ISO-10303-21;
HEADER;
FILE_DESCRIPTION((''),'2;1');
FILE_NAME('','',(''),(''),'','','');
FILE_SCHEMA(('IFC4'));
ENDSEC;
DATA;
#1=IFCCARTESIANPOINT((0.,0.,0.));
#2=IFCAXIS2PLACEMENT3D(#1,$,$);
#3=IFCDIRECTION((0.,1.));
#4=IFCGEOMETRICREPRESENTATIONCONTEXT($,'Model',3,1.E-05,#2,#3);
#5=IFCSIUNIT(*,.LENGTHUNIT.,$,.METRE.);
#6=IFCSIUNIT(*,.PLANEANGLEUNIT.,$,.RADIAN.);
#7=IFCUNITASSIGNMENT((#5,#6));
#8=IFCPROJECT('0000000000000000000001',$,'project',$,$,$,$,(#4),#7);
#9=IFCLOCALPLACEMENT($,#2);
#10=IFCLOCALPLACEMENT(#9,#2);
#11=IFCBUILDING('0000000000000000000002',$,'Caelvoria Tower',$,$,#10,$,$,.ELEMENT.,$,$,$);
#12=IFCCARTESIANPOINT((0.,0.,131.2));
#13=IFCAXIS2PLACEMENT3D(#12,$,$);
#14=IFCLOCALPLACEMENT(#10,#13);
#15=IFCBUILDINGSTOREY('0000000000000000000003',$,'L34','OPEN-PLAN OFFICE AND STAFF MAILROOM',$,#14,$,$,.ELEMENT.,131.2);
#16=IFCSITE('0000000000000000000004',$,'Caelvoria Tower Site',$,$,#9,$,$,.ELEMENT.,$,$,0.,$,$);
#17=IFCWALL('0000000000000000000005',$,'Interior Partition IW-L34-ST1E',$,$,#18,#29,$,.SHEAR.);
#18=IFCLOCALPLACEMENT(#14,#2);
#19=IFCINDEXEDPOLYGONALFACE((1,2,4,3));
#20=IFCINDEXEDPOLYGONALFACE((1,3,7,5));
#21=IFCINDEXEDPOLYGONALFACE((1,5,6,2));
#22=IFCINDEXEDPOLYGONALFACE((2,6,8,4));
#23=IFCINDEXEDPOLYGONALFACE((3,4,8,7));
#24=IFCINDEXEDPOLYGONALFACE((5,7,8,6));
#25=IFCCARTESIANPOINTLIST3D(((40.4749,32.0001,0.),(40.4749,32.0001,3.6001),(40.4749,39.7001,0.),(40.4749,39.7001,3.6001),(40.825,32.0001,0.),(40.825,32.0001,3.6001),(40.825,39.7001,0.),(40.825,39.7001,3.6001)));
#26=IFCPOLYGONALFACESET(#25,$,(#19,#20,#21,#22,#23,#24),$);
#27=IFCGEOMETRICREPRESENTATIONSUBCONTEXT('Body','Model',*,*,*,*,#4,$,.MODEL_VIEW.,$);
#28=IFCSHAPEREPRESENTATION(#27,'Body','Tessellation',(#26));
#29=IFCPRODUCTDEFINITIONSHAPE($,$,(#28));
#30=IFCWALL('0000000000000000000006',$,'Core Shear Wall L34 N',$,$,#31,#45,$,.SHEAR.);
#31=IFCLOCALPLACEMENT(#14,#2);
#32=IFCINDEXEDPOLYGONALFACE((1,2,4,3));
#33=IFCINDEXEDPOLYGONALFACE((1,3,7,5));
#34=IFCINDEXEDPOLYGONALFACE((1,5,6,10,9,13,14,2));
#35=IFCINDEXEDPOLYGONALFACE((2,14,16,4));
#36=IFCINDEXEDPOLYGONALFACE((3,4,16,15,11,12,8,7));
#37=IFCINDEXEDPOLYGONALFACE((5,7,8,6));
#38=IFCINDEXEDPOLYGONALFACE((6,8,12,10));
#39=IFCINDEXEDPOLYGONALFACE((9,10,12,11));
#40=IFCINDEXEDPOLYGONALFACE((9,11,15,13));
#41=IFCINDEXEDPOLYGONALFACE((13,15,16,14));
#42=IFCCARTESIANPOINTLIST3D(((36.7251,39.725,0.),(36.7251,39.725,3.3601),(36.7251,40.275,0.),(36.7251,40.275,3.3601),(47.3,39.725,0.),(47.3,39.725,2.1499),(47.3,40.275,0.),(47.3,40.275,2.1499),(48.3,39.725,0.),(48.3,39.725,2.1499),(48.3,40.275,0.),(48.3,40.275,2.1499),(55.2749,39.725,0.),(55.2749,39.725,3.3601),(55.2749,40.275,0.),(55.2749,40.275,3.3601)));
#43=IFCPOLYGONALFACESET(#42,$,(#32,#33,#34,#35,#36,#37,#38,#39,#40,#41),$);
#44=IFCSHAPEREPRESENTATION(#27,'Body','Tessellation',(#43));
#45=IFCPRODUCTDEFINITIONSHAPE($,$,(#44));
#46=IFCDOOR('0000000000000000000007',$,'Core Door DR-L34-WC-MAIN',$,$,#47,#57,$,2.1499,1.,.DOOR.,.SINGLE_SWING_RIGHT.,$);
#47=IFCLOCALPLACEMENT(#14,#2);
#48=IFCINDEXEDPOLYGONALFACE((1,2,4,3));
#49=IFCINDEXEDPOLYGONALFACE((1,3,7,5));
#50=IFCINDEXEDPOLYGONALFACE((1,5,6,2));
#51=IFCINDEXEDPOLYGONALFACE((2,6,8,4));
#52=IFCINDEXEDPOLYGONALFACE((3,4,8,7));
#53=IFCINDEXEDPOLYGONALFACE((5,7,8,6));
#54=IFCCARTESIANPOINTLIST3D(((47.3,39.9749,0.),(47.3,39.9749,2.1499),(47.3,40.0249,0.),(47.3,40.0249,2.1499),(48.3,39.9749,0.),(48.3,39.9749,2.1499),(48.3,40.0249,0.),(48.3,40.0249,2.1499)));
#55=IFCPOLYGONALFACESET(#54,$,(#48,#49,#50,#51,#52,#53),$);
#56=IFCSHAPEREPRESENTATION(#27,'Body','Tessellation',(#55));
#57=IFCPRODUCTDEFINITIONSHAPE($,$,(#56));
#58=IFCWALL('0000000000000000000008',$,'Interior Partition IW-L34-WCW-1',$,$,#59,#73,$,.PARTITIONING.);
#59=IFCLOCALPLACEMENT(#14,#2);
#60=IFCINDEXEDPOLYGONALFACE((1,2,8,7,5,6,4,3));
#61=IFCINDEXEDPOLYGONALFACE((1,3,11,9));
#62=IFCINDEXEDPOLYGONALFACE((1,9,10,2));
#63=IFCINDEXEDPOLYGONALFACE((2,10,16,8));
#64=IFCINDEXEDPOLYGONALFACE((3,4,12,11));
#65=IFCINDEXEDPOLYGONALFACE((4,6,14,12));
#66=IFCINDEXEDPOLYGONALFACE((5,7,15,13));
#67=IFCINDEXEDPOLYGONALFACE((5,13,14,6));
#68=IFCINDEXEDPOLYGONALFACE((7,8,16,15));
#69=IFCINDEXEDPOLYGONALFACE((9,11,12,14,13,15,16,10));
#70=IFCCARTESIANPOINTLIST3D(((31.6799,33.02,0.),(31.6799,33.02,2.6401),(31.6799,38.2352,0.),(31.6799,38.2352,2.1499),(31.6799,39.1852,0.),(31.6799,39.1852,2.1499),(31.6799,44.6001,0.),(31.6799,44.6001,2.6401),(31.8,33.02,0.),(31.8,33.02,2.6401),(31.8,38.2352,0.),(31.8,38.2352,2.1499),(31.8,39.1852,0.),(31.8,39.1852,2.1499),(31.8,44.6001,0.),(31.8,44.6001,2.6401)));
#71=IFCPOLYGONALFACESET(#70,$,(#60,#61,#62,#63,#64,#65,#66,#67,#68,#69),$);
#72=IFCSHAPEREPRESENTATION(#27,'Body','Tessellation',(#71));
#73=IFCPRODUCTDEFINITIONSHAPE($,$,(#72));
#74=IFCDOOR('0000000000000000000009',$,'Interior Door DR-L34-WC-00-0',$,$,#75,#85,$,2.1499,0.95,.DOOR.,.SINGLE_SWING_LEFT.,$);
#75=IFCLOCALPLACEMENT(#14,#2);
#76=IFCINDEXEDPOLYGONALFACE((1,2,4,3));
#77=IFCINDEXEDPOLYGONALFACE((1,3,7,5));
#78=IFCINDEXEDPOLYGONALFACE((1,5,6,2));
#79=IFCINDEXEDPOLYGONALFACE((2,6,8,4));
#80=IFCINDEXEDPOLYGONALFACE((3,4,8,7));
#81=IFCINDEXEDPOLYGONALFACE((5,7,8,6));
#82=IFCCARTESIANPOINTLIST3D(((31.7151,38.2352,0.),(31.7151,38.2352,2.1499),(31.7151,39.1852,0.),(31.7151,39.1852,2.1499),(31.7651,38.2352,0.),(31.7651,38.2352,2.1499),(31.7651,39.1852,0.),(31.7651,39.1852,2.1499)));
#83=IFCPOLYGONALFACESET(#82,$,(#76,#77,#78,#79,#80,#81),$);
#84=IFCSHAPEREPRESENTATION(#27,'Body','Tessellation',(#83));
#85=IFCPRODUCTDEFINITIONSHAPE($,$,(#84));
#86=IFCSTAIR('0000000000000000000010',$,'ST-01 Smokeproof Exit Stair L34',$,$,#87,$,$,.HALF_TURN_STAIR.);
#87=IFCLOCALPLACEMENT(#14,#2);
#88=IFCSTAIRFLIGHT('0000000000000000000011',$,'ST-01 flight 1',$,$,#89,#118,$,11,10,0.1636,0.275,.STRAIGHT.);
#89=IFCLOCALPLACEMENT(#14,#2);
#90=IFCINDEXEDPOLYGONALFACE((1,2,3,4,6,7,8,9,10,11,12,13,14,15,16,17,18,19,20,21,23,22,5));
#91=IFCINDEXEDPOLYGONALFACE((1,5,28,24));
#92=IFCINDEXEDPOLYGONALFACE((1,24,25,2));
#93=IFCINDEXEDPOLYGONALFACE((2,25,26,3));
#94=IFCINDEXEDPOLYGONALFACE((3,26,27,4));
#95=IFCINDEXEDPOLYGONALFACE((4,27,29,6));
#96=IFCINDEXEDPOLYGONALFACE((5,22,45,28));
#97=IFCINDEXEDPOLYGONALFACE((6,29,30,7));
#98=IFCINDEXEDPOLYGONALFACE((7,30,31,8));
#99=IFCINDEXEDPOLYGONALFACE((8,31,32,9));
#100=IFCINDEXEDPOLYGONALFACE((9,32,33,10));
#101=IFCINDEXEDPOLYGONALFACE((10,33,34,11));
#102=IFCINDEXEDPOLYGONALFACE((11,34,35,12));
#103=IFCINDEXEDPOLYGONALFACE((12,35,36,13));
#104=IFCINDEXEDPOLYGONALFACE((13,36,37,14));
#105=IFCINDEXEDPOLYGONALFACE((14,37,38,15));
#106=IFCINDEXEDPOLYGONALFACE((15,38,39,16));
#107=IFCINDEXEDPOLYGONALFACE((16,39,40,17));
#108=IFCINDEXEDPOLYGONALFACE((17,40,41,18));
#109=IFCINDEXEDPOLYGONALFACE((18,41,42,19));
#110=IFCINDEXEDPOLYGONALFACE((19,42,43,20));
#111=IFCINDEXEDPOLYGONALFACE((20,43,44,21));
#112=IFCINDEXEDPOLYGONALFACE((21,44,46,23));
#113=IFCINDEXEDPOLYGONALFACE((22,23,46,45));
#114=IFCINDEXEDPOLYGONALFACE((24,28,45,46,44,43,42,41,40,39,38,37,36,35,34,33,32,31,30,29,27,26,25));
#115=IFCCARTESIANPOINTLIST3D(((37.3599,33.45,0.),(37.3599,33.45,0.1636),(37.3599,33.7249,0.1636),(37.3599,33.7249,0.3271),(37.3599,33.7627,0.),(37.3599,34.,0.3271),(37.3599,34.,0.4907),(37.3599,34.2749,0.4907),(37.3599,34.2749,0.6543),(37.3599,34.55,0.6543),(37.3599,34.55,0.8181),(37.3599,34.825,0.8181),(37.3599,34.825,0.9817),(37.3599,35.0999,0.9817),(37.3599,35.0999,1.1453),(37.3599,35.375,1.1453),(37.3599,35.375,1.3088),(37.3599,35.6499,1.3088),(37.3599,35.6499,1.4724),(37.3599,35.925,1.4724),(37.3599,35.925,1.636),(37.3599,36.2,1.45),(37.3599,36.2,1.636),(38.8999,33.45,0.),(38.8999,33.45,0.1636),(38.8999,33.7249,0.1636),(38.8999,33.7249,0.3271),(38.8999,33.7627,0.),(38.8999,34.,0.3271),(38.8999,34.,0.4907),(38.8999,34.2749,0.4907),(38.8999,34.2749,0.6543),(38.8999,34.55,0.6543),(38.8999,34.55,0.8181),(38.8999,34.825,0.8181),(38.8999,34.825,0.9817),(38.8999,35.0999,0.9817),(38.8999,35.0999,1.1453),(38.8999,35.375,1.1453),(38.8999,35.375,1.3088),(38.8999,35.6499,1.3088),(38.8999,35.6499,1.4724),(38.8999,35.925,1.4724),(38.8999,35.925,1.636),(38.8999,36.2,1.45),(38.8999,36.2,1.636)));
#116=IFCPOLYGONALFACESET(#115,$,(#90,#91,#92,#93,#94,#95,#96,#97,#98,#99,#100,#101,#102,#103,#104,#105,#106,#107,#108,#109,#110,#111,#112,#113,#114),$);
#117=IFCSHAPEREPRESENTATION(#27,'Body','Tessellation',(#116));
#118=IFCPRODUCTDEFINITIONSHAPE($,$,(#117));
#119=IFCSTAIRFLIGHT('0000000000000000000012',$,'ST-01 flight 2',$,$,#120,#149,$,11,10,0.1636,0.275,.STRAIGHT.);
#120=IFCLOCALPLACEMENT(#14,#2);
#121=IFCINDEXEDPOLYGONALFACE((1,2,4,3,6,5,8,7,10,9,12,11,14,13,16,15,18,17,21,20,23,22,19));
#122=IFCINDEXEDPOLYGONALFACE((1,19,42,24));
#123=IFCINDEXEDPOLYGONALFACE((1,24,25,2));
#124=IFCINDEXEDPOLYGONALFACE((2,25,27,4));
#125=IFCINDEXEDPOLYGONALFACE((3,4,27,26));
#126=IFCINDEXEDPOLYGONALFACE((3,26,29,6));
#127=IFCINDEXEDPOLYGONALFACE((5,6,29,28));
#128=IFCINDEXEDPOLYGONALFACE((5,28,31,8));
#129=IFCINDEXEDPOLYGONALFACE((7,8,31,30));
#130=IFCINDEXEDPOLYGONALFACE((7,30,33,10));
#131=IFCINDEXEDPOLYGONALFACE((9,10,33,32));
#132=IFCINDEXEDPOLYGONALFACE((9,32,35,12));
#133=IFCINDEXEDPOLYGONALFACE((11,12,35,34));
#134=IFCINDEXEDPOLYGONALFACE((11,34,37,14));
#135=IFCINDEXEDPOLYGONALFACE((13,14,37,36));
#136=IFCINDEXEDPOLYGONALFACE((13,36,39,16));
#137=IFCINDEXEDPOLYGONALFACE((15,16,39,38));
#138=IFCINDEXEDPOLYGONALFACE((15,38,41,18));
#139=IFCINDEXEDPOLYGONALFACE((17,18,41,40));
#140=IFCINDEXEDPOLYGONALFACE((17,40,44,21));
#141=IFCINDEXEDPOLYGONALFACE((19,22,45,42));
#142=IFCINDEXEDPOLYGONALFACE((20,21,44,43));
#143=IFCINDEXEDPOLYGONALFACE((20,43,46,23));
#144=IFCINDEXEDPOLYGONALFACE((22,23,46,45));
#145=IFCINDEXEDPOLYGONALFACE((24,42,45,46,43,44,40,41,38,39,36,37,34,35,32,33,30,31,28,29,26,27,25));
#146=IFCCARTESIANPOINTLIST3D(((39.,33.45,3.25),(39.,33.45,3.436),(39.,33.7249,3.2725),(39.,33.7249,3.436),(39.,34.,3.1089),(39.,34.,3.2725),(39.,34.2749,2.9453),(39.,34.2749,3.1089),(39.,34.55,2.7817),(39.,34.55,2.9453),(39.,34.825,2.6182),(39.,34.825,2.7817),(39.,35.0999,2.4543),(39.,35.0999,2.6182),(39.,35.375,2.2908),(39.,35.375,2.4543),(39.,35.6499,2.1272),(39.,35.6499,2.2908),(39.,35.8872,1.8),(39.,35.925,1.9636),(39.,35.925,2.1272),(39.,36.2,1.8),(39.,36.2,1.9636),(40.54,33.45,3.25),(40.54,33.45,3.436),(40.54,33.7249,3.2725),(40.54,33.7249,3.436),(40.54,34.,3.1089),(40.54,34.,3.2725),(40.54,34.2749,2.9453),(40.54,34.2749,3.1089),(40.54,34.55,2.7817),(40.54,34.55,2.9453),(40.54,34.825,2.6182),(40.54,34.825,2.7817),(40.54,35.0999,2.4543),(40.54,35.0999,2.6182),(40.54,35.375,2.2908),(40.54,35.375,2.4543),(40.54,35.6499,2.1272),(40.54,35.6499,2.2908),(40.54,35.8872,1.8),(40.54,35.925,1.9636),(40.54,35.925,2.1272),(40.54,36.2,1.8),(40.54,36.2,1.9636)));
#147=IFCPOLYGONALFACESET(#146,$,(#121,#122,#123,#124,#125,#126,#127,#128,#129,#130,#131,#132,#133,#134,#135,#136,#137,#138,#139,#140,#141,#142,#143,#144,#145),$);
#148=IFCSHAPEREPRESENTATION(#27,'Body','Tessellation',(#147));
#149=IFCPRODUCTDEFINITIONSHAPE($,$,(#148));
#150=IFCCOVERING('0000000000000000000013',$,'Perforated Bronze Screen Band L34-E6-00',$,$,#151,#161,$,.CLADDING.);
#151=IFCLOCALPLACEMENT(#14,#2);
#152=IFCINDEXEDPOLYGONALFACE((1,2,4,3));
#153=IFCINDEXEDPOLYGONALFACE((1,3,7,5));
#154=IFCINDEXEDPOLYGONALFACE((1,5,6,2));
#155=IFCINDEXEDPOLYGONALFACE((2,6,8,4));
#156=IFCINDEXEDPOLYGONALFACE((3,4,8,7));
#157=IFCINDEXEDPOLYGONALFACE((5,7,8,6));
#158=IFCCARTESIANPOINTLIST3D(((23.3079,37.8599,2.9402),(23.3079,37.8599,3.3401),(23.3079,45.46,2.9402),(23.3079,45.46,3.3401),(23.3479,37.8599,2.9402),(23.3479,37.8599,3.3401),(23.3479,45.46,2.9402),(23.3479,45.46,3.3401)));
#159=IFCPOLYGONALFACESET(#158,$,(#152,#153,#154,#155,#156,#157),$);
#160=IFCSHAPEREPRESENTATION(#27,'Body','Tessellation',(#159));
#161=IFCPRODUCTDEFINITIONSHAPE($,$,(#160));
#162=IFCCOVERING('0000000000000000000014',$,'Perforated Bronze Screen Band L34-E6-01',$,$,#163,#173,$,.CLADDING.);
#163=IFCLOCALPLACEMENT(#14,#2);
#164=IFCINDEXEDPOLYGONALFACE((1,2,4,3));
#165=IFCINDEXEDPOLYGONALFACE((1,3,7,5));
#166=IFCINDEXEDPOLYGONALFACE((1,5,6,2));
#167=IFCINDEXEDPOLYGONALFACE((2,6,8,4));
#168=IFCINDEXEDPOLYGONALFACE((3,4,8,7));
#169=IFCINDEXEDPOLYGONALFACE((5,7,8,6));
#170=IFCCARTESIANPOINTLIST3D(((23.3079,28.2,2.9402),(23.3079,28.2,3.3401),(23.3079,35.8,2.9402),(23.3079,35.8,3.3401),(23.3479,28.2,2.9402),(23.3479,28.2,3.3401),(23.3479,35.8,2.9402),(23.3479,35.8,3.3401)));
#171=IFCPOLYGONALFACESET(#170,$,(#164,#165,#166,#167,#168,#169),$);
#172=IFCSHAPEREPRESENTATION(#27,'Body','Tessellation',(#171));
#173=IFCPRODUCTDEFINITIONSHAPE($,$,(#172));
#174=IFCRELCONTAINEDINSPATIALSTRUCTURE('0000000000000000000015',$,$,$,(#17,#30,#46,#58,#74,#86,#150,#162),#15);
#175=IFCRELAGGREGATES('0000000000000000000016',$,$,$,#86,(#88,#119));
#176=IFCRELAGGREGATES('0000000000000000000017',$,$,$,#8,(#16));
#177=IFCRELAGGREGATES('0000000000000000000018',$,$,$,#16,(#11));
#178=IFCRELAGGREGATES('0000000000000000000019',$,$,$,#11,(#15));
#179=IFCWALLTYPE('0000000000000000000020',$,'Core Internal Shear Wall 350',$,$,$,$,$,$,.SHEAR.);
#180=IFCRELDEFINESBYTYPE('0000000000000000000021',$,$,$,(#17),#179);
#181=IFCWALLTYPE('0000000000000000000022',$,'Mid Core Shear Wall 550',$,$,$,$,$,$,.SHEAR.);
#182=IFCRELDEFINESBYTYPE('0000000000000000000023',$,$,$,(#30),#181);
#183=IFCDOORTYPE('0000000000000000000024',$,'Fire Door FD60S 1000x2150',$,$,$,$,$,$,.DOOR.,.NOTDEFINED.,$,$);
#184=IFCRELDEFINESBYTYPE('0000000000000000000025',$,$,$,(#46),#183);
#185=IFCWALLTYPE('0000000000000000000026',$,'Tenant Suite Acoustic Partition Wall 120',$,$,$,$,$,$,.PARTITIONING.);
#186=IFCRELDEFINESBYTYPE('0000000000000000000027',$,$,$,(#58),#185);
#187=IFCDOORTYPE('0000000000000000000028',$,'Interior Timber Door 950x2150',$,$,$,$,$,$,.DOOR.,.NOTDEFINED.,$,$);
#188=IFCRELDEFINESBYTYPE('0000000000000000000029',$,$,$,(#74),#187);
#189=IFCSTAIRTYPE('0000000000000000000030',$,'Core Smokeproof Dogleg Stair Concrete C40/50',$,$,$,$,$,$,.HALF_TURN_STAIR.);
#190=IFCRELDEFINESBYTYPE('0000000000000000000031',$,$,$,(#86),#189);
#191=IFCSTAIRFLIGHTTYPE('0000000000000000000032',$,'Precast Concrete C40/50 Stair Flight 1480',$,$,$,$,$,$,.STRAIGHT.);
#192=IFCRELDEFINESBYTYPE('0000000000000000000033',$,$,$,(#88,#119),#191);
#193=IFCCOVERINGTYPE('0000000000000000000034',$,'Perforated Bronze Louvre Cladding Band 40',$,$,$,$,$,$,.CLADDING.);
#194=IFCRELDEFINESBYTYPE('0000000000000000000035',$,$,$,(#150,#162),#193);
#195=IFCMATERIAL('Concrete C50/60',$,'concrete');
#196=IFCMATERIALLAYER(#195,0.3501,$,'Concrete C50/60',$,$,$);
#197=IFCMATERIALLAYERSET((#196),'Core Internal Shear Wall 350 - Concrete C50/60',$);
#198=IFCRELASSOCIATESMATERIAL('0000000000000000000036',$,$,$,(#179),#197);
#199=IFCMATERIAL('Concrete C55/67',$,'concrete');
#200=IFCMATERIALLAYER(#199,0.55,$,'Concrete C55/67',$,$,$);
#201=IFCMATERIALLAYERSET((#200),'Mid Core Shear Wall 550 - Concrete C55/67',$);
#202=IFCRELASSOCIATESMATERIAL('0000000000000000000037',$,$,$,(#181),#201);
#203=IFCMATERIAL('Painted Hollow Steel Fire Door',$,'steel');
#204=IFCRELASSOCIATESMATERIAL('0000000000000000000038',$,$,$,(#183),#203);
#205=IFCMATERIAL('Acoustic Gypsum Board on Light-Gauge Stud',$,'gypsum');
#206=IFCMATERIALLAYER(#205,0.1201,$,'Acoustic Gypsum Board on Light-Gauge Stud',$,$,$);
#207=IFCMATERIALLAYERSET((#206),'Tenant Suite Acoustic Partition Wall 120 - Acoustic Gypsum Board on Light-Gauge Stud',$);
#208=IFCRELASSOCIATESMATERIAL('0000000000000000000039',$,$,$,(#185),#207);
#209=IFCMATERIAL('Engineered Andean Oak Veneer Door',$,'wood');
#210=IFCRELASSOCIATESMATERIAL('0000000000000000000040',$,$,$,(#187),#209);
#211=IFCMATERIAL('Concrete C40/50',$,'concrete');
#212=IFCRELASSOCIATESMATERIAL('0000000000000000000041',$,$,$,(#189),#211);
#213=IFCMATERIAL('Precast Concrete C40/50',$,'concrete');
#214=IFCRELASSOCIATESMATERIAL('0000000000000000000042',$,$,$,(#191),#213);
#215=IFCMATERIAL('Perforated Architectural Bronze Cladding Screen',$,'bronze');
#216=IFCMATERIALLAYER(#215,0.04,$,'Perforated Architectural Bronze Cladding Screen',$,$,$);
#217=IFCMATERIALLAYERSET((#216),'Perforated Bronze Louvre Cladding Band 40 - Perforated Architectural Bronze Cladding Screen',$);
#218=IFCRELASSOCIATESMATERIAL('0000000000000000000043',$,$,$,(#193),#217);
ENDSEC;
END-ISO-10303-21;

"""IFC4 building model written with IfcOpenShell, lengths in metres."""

from ifc_helpers import new_model, si_unit, direction, frame, frame_2d, origin, origin_2d, place, context, subcontext, project, spatial, polyline, rectangle, outline, extrude, material, layer, layer_set, type_object, element, fill, aggregate, save


model = new_model("IFC4")

# Units and contexts
model_context = context("Model", 3, precision=1e-05, world=origin(), true_north=direction((0.0, 1.0)))
body_context = subcontext(model_context, "Body", "Model", "MODEL_VIEW")
ifc_project = project(units=[si_unit("LENGTHUNIT", "METRE"), si_unit("PLANEANGLEUNIT", "RADIAN")], contexts=[model_context])

# Site, building, storey
site_placement = place(None, origin())
site = spatial("IfcSite", under=ifc_project, at=site_placement, Name="Caelvoria Tower Site", CompositionType="ELEMENT", RefElevation=0.0)
building_placement = place(site_placement, origin())
building = spatial("IfcBuilding", under=site, at=building_placement, Name="Caelvoria Tower", CompositionType="ELEMENT")
storey_placement = place(building_placement, frame((0.0, 0.0, 131.2)))
storey = spatial("IfcBuildingStorey", under=building, at=storey_placement, Name="L34", Description="OPEN-PLAN OFFICE AND STAFF MAILROOM", CompositionType="ELEMENT", Elevation=131.2)

# Wall
ifc_material_1 = material(Name="Concrete C50/60", Category="concrete")
ifc_layer_1 = layer(ifc_material_1, 0.3501, Name="Concrete C50/60")
ifc_layer_set_1 = layer_set([ifc_layer_1], Name="Core Internal Shear Wall 350 - Concrete C50/60")
wall_type_1 = type_object("IfcWallType", Name="Core Internal Shear Wall 350", PredefinedType="SHEAR", material=ifc_layer_set_1)
wall_1_placement = place(storey_placement, frame((40.6499, 32.0, 0.0), z_axis=(0.0, 0.0, 1.0), x_axis=(0.0, 1.0, 0.0)))
element("IfcWall", 1, at=wall_1_placement, inside=storey, type_object=wall_type_1, Name="Interior Partition IW-L34-ST1E", PredefinedType="SHEAR", context=body_context, shape_type="SweptSolid", body=[
    extrude(rectangle(XDim=7.7, YDim=0.3501, at=frame_2d((3.8501, 0.0))), origin(), (0.0, 0.0, 1.0), 3.6001),
])

# Walls, openings, doors
ifc_material_2 = material(Name="Concrete C55/67", Category="concrete")
ifc_layer_2 = layer(ifc_material_2, 0.55, Name="Concrete C55/67")
ifc_layer_set_2 = layer_set([ifc_layer_2], Name="Mid Core Shear Wall 550 - Concrete C55/67")
wall_type_2 = type_object("IfcWallType", Name="Mid Core Shear Wall 550", PredefinedType="SHEAR", material=ifc_layer_set_2)
wall_2_placement = place(storey_placement, frame((36.7251, 40.0, 0.0), z_axis=(0.0, 0.0, 1.0), x_axis=(1.0, 0.0, 0.0)))
wall_2 = element("IfcWall", 2, at=wall_2_placement, inside=storey, type_object=wall_type_2, Name="Core Shear Wall L34 N", PredefinedType="SHEAR", context=body_context, shape_type="SweptSolid", body=[
    extrude(rectangle(XDim=18.5498, YDim=0.55, at=frame_2d((9.2749, 0.0))), origin(), (0.0, 0.0, 1.0), 3.3601),
])
opening_1_placement = place(wall_2_placement, frame((10.575, 0.0, 0.0)))
opening_1 = element("IfcOpeningElement", 3, at=opening_1_placement, cuts=wall_2, PredefinedType="OPENING", context=body_context, shape_type="SweptSolid", body=[
    extrude(rectangle(XDim=1.0, YDim=2.1499, at=frame_2d((0.5, 1.075))), frame((0.0, 0.2849, 0.0), z_axis=(0.0, -1.0, 0.0), x_axis=(1.0, 0.0, 0.0)), (0.0, 0.0, 1.0), 0.5701),
])
ifc_material_3 = material(Name="Painted Hollow Steel Fire Door", Category="steel")
door_type_1 = type_object("IfcDoorType", Name="Fire Door FD60S 1000x2150", OperationType="NOTDEFINED", PredefinedType="DOOR", material=ifc_material_3)
door_1_placement = place(opening_1_placement, origin())
door_1 = element("IfcDoor", 4, at=door_1_placement, inside=storey, type_object=door_type_1, Name="Core Door DR-L34-WC-MAIN", OperationType="SINGLE_SWING_RIGHT", OverallHeight=2.1499, OverallWidth=1.0, PredefinedType="DOOR", context=body_context, shape_type="SweptSolid", body=[
    extrude(rectangle(XDim=1.0, YDim=2.1499, at=frame_2d((0.5, 1.075))), frame((0.0, 0.0249, 0.0), z_axis=(0.0, -1.0, 0.0), x_axis=(1.0, 0.0, 0.0)), (0.0, 0.0, 1.0), 0.05),
])
fill(opening_1, door_1)
ifc_material_4 = material(Name="Acoustic Gypsum Board on Light-Gauge Stud", Category="gypsum")
ifc_layer_3 = layer(ifc_material_4, 0.1201, Name="Acoustic Gypsum Board on Light-Gauge Stud")
ifc_layer_set_3 = layer_set([ifc_layer_3], Name="Tenant Suite Acoustic Partition Wall 120 - Acoustic Gypsum Board on Light-Gauge Stud")
wall_type_3 = type_object("IfcWallType", Name="Tenant Suite Acoustic Partition Wall 120", PredefinedType="PARTITIONING", material=ifc_layer_set_3)
wall_3_placement = place(storey_placement, frame((31.74, 33.02, 0.0), z_axis=(0.0, 0.0, 1.0), x_axis=(0.0, 1.0, 0.0)))
wall_3 = element("IfcWall", 5, at=wall_3_placement, inside=storey, type_object=wall_type_3, Name="Interior Partition IW-L34-WCW-1", PredefinedType="PARTITIONING", context=body_context, shape_type="SweptSolid", body=[
    extrude(rectangle(XDim=11.5801, YDim=0.1201, at=frame_2d((5.79, 0.0))), origin(), (0.0, 0.0, 1.0), 2.6401),
])
opening_2_placement = place(wall_3_placement, frame((5.2151, 0.0, 0.0)))
opening_2 = element("IfcOpeningElement", 6, at=opening_2_placement, cuts=wall_3, PredefinedType="OPENING", context=body_context, shape_type="SweptSolid", body=[
    extrude(rectangle(XDim=0.95, YDim=2.1499, at=frame_2d((0.4751, 1.075))), frame((0.0, 0.0701, 0.0), z_axis=(0.0, -1.0, 0.0), x_axis=(1.0, 0.0, 0.0)), (0.0, 0.0, 1.0), 0.1401),
])
ifc_material_5 = material(Name="Engineered Andean Oak Veneer Door", Category="wood")
door_type_2 = type_object("IfcDoorType", Name="Interior Timber Door 950x2150", OperationType="NOTDEFINED", PredefinedType="DOOR", material=ifc_material_5)
door_2_placement = place(opening_2_placement, origin())
door_2 = element("IfcDoor", 7, at=door_2_placement, inside=storey, type_object=door_type_2, Name="Interior Door DR-L34-WC-00-0", OperationType="SINGLE_SWING_LEFT", OverallHeight=2.1499, OverallWidth=0.95, PredefinedType="DOOR", context=body_context, shape_type="SweptSolid", body=[
    extrude(rectangle(XDim=0.95, YDim=2.1499, at=frame_2d((0.4751, 1.075))), frame((0.0, 0.0249, 0.0), z_axis=(0.0, -1.0, 0.0), x_axis=(1.0, 0.0, 0.0)), (0.0, 0.0, 1.0), 0.05),
])
fill(opening_2, door_2)

# Stair, stair flights
ifc_material_6 = material(Name="Concrete C40/50", Category="concrete")
stair_type = type_object("IfcStairType", Name="Core Smokeproof Dogleg Stair Concrete C40/50", PredefinedType="HALF_TURN_STAIR", material=ifc_material_6)
stair_placement = place(storey_placement, origin())
stair = element("IfcStair", 8, at=stair_placement, inside=storey, type_object=stair_type, Name="ST-01 Smokeproof Exit Stair L34", PredefinedType="HALF_TURN_STAIR")
ifc_material_7 = material(Name="Precast Concrete C40/50", Category="concrete")
stair_flight_type = type_object("IfcStairFlightType", Name="Precast Concrete C40/50 Stair Flight 1480", PredefinedType="STRAIGHT", material=ifc_material_7)
stair_flight_1_placement = place(storey_placement, frame((38.1299, 33.45, 0.0), z_axis=(0.0, 0.0, 1.0), x_axis=(0.0, 1.0, 0.0)))
stair_flight_1 = element("IfcStairFlight", 9, at=stair_flight_1_placement, type_object=stair_flight_type, Name="ST-01 flight 1", NumberOfRisers=11, NumberOfTreads=10, PredefinedType="STRAIGHT", RiserHeight=0.1636, TreadLength=0.275, context=body_context, shape_type="SweptSolid", body=[
    extrude(outline(polyline([(0.0, 0.0), (0.0, 0.1636), (0.2749, 0.1636), (0.2749, 0.3271), (0.55, 0.3271), (0.55, 0.4907), (0.825, 0.4907), (0.825, 0.6543), (1.1001, 0.6543), (1.1001, 0.8181), (1.375, 0.8181), (1.375, 0.9817), (1.6499, 0.9817), (1.6499, 1.1453), (1.925, 1.1453), (1.925, 1.3088), (2.2, 1.3088), (2.2, 1.4724), (2.4751, 1.4724), (2.4751, 1.636), (2.75, 1.636), (2.75, 1.7996), (2.75, 1.45), (0.3127, 0.0), (0.0, 0.0)])), frame((0.0, 0.77, 0.0), z_axis=(0.0, -1.0, 0.0), x_axis=(1.0, 0.0, 0.0)), (0.0, 0.0, 1.0), 1.54),
])
stair_flight_2_placement = place(storey_placement, frame((39.77, 36.2, 1.8), z_axis=(0.0, 0.0, 1.0), x_axis=(0.0, -1.0, 0.0)))
stair_flight_2 = element("IfcStairFlight", 10, at=stair_flight_2_placement, type_object=stair_flight_type, Name="ST-01 flight 2", NumberOfRisers=11, NumberOfTreads=10, PredefinedType="STRAIGHT", RiserHeight=0.1636, TreadLength=0.275, context=body_context, shape_type="SweptSolid", body=[
    extrude(outline(polyline([(0.0, 0.0), (0.0, 0.1636), (0.2749, 0.1636), (0.2749, 0.3271), (0.55, 0.3271), (0.55, 0.4907), (0.825, 0.4907), (0.825, 0.6543), (1.1001, 0.6543), (1.1001, 0.8181), (1.375, 0.8181), (1.375, 0.9817), (1.6499, 0.9817), (1.6499, 1.1453), (1.925, 1.1453), (1.925, 1.3088), (2.2, 1.3088), (2.2, 1.4724), (2.4751, 1.4724), (2.4751, 1.636), (2.75, 1.636), (2.75, 1.7996), (2.75, 1.45), (0.3127, 0.0), (0.0, 0.0)])), frame((0.0, 0.77, 0.0), z_axis=(0.0, -1.0, 0.0), x_axis=(1.0, 0.0, 0.0)), (0.0, 0.0, 1.0), 1.54),
])
aggregate(stair, [stair_flight_1, stair_flight_2])

# Coverings
ifc_material_8 = material(Name="Perforated Architectural Bronze Cladding Screen", Category="bronze")
ifc_layer_4 = layer(ifc_material_8, 0.04, Name="Perforated Architectural Bronze Cladding Screen")
ifc_layer_set_4 = layer_set([ifc_layer_4], Name="Perforated Bronze Louvre Cladding Band 40 - Perforated Architectural Bronze Cladding Screen")
covering_type = type_object("IfcCoveringType", Name="Perforated Bronze Louvre Cladding Band 40", PredefinedType="CLADDING", material=ifc_layer_set_4)
for number, where, z_axis, x_axis, name in (
    (11, (23.3279, 41.6599, 2.9402), (0.0, 0.0, 1.0), (0.0, -1.0, 0.0), "Perforated Bronze Screen Band L34-E6-00"),
    (12, (23.3279, 32.0, 2.9402), (0.0, 0.0, 1.0), (0.0, -1.0, 0.0), "Perforated Bronze Screen Band L34-E6-01"),
):
    element("IfcCovering", number, at=place(storey_placement, frame(where, z_axis=z_axis, x_axis=x_axis)), inside=storey, type_object=covering_type, Name=name, PredefinedType="CLADDING", context=body_context, shape_type="SweptSolid", body=[
        extrude(rectangle(XDim=7.6001, YDim=0.04, at=origin_2d()), origin(), (0.0, 0.0, 1.0), 0.3999),
    ])

save(model, "model.ifc")
